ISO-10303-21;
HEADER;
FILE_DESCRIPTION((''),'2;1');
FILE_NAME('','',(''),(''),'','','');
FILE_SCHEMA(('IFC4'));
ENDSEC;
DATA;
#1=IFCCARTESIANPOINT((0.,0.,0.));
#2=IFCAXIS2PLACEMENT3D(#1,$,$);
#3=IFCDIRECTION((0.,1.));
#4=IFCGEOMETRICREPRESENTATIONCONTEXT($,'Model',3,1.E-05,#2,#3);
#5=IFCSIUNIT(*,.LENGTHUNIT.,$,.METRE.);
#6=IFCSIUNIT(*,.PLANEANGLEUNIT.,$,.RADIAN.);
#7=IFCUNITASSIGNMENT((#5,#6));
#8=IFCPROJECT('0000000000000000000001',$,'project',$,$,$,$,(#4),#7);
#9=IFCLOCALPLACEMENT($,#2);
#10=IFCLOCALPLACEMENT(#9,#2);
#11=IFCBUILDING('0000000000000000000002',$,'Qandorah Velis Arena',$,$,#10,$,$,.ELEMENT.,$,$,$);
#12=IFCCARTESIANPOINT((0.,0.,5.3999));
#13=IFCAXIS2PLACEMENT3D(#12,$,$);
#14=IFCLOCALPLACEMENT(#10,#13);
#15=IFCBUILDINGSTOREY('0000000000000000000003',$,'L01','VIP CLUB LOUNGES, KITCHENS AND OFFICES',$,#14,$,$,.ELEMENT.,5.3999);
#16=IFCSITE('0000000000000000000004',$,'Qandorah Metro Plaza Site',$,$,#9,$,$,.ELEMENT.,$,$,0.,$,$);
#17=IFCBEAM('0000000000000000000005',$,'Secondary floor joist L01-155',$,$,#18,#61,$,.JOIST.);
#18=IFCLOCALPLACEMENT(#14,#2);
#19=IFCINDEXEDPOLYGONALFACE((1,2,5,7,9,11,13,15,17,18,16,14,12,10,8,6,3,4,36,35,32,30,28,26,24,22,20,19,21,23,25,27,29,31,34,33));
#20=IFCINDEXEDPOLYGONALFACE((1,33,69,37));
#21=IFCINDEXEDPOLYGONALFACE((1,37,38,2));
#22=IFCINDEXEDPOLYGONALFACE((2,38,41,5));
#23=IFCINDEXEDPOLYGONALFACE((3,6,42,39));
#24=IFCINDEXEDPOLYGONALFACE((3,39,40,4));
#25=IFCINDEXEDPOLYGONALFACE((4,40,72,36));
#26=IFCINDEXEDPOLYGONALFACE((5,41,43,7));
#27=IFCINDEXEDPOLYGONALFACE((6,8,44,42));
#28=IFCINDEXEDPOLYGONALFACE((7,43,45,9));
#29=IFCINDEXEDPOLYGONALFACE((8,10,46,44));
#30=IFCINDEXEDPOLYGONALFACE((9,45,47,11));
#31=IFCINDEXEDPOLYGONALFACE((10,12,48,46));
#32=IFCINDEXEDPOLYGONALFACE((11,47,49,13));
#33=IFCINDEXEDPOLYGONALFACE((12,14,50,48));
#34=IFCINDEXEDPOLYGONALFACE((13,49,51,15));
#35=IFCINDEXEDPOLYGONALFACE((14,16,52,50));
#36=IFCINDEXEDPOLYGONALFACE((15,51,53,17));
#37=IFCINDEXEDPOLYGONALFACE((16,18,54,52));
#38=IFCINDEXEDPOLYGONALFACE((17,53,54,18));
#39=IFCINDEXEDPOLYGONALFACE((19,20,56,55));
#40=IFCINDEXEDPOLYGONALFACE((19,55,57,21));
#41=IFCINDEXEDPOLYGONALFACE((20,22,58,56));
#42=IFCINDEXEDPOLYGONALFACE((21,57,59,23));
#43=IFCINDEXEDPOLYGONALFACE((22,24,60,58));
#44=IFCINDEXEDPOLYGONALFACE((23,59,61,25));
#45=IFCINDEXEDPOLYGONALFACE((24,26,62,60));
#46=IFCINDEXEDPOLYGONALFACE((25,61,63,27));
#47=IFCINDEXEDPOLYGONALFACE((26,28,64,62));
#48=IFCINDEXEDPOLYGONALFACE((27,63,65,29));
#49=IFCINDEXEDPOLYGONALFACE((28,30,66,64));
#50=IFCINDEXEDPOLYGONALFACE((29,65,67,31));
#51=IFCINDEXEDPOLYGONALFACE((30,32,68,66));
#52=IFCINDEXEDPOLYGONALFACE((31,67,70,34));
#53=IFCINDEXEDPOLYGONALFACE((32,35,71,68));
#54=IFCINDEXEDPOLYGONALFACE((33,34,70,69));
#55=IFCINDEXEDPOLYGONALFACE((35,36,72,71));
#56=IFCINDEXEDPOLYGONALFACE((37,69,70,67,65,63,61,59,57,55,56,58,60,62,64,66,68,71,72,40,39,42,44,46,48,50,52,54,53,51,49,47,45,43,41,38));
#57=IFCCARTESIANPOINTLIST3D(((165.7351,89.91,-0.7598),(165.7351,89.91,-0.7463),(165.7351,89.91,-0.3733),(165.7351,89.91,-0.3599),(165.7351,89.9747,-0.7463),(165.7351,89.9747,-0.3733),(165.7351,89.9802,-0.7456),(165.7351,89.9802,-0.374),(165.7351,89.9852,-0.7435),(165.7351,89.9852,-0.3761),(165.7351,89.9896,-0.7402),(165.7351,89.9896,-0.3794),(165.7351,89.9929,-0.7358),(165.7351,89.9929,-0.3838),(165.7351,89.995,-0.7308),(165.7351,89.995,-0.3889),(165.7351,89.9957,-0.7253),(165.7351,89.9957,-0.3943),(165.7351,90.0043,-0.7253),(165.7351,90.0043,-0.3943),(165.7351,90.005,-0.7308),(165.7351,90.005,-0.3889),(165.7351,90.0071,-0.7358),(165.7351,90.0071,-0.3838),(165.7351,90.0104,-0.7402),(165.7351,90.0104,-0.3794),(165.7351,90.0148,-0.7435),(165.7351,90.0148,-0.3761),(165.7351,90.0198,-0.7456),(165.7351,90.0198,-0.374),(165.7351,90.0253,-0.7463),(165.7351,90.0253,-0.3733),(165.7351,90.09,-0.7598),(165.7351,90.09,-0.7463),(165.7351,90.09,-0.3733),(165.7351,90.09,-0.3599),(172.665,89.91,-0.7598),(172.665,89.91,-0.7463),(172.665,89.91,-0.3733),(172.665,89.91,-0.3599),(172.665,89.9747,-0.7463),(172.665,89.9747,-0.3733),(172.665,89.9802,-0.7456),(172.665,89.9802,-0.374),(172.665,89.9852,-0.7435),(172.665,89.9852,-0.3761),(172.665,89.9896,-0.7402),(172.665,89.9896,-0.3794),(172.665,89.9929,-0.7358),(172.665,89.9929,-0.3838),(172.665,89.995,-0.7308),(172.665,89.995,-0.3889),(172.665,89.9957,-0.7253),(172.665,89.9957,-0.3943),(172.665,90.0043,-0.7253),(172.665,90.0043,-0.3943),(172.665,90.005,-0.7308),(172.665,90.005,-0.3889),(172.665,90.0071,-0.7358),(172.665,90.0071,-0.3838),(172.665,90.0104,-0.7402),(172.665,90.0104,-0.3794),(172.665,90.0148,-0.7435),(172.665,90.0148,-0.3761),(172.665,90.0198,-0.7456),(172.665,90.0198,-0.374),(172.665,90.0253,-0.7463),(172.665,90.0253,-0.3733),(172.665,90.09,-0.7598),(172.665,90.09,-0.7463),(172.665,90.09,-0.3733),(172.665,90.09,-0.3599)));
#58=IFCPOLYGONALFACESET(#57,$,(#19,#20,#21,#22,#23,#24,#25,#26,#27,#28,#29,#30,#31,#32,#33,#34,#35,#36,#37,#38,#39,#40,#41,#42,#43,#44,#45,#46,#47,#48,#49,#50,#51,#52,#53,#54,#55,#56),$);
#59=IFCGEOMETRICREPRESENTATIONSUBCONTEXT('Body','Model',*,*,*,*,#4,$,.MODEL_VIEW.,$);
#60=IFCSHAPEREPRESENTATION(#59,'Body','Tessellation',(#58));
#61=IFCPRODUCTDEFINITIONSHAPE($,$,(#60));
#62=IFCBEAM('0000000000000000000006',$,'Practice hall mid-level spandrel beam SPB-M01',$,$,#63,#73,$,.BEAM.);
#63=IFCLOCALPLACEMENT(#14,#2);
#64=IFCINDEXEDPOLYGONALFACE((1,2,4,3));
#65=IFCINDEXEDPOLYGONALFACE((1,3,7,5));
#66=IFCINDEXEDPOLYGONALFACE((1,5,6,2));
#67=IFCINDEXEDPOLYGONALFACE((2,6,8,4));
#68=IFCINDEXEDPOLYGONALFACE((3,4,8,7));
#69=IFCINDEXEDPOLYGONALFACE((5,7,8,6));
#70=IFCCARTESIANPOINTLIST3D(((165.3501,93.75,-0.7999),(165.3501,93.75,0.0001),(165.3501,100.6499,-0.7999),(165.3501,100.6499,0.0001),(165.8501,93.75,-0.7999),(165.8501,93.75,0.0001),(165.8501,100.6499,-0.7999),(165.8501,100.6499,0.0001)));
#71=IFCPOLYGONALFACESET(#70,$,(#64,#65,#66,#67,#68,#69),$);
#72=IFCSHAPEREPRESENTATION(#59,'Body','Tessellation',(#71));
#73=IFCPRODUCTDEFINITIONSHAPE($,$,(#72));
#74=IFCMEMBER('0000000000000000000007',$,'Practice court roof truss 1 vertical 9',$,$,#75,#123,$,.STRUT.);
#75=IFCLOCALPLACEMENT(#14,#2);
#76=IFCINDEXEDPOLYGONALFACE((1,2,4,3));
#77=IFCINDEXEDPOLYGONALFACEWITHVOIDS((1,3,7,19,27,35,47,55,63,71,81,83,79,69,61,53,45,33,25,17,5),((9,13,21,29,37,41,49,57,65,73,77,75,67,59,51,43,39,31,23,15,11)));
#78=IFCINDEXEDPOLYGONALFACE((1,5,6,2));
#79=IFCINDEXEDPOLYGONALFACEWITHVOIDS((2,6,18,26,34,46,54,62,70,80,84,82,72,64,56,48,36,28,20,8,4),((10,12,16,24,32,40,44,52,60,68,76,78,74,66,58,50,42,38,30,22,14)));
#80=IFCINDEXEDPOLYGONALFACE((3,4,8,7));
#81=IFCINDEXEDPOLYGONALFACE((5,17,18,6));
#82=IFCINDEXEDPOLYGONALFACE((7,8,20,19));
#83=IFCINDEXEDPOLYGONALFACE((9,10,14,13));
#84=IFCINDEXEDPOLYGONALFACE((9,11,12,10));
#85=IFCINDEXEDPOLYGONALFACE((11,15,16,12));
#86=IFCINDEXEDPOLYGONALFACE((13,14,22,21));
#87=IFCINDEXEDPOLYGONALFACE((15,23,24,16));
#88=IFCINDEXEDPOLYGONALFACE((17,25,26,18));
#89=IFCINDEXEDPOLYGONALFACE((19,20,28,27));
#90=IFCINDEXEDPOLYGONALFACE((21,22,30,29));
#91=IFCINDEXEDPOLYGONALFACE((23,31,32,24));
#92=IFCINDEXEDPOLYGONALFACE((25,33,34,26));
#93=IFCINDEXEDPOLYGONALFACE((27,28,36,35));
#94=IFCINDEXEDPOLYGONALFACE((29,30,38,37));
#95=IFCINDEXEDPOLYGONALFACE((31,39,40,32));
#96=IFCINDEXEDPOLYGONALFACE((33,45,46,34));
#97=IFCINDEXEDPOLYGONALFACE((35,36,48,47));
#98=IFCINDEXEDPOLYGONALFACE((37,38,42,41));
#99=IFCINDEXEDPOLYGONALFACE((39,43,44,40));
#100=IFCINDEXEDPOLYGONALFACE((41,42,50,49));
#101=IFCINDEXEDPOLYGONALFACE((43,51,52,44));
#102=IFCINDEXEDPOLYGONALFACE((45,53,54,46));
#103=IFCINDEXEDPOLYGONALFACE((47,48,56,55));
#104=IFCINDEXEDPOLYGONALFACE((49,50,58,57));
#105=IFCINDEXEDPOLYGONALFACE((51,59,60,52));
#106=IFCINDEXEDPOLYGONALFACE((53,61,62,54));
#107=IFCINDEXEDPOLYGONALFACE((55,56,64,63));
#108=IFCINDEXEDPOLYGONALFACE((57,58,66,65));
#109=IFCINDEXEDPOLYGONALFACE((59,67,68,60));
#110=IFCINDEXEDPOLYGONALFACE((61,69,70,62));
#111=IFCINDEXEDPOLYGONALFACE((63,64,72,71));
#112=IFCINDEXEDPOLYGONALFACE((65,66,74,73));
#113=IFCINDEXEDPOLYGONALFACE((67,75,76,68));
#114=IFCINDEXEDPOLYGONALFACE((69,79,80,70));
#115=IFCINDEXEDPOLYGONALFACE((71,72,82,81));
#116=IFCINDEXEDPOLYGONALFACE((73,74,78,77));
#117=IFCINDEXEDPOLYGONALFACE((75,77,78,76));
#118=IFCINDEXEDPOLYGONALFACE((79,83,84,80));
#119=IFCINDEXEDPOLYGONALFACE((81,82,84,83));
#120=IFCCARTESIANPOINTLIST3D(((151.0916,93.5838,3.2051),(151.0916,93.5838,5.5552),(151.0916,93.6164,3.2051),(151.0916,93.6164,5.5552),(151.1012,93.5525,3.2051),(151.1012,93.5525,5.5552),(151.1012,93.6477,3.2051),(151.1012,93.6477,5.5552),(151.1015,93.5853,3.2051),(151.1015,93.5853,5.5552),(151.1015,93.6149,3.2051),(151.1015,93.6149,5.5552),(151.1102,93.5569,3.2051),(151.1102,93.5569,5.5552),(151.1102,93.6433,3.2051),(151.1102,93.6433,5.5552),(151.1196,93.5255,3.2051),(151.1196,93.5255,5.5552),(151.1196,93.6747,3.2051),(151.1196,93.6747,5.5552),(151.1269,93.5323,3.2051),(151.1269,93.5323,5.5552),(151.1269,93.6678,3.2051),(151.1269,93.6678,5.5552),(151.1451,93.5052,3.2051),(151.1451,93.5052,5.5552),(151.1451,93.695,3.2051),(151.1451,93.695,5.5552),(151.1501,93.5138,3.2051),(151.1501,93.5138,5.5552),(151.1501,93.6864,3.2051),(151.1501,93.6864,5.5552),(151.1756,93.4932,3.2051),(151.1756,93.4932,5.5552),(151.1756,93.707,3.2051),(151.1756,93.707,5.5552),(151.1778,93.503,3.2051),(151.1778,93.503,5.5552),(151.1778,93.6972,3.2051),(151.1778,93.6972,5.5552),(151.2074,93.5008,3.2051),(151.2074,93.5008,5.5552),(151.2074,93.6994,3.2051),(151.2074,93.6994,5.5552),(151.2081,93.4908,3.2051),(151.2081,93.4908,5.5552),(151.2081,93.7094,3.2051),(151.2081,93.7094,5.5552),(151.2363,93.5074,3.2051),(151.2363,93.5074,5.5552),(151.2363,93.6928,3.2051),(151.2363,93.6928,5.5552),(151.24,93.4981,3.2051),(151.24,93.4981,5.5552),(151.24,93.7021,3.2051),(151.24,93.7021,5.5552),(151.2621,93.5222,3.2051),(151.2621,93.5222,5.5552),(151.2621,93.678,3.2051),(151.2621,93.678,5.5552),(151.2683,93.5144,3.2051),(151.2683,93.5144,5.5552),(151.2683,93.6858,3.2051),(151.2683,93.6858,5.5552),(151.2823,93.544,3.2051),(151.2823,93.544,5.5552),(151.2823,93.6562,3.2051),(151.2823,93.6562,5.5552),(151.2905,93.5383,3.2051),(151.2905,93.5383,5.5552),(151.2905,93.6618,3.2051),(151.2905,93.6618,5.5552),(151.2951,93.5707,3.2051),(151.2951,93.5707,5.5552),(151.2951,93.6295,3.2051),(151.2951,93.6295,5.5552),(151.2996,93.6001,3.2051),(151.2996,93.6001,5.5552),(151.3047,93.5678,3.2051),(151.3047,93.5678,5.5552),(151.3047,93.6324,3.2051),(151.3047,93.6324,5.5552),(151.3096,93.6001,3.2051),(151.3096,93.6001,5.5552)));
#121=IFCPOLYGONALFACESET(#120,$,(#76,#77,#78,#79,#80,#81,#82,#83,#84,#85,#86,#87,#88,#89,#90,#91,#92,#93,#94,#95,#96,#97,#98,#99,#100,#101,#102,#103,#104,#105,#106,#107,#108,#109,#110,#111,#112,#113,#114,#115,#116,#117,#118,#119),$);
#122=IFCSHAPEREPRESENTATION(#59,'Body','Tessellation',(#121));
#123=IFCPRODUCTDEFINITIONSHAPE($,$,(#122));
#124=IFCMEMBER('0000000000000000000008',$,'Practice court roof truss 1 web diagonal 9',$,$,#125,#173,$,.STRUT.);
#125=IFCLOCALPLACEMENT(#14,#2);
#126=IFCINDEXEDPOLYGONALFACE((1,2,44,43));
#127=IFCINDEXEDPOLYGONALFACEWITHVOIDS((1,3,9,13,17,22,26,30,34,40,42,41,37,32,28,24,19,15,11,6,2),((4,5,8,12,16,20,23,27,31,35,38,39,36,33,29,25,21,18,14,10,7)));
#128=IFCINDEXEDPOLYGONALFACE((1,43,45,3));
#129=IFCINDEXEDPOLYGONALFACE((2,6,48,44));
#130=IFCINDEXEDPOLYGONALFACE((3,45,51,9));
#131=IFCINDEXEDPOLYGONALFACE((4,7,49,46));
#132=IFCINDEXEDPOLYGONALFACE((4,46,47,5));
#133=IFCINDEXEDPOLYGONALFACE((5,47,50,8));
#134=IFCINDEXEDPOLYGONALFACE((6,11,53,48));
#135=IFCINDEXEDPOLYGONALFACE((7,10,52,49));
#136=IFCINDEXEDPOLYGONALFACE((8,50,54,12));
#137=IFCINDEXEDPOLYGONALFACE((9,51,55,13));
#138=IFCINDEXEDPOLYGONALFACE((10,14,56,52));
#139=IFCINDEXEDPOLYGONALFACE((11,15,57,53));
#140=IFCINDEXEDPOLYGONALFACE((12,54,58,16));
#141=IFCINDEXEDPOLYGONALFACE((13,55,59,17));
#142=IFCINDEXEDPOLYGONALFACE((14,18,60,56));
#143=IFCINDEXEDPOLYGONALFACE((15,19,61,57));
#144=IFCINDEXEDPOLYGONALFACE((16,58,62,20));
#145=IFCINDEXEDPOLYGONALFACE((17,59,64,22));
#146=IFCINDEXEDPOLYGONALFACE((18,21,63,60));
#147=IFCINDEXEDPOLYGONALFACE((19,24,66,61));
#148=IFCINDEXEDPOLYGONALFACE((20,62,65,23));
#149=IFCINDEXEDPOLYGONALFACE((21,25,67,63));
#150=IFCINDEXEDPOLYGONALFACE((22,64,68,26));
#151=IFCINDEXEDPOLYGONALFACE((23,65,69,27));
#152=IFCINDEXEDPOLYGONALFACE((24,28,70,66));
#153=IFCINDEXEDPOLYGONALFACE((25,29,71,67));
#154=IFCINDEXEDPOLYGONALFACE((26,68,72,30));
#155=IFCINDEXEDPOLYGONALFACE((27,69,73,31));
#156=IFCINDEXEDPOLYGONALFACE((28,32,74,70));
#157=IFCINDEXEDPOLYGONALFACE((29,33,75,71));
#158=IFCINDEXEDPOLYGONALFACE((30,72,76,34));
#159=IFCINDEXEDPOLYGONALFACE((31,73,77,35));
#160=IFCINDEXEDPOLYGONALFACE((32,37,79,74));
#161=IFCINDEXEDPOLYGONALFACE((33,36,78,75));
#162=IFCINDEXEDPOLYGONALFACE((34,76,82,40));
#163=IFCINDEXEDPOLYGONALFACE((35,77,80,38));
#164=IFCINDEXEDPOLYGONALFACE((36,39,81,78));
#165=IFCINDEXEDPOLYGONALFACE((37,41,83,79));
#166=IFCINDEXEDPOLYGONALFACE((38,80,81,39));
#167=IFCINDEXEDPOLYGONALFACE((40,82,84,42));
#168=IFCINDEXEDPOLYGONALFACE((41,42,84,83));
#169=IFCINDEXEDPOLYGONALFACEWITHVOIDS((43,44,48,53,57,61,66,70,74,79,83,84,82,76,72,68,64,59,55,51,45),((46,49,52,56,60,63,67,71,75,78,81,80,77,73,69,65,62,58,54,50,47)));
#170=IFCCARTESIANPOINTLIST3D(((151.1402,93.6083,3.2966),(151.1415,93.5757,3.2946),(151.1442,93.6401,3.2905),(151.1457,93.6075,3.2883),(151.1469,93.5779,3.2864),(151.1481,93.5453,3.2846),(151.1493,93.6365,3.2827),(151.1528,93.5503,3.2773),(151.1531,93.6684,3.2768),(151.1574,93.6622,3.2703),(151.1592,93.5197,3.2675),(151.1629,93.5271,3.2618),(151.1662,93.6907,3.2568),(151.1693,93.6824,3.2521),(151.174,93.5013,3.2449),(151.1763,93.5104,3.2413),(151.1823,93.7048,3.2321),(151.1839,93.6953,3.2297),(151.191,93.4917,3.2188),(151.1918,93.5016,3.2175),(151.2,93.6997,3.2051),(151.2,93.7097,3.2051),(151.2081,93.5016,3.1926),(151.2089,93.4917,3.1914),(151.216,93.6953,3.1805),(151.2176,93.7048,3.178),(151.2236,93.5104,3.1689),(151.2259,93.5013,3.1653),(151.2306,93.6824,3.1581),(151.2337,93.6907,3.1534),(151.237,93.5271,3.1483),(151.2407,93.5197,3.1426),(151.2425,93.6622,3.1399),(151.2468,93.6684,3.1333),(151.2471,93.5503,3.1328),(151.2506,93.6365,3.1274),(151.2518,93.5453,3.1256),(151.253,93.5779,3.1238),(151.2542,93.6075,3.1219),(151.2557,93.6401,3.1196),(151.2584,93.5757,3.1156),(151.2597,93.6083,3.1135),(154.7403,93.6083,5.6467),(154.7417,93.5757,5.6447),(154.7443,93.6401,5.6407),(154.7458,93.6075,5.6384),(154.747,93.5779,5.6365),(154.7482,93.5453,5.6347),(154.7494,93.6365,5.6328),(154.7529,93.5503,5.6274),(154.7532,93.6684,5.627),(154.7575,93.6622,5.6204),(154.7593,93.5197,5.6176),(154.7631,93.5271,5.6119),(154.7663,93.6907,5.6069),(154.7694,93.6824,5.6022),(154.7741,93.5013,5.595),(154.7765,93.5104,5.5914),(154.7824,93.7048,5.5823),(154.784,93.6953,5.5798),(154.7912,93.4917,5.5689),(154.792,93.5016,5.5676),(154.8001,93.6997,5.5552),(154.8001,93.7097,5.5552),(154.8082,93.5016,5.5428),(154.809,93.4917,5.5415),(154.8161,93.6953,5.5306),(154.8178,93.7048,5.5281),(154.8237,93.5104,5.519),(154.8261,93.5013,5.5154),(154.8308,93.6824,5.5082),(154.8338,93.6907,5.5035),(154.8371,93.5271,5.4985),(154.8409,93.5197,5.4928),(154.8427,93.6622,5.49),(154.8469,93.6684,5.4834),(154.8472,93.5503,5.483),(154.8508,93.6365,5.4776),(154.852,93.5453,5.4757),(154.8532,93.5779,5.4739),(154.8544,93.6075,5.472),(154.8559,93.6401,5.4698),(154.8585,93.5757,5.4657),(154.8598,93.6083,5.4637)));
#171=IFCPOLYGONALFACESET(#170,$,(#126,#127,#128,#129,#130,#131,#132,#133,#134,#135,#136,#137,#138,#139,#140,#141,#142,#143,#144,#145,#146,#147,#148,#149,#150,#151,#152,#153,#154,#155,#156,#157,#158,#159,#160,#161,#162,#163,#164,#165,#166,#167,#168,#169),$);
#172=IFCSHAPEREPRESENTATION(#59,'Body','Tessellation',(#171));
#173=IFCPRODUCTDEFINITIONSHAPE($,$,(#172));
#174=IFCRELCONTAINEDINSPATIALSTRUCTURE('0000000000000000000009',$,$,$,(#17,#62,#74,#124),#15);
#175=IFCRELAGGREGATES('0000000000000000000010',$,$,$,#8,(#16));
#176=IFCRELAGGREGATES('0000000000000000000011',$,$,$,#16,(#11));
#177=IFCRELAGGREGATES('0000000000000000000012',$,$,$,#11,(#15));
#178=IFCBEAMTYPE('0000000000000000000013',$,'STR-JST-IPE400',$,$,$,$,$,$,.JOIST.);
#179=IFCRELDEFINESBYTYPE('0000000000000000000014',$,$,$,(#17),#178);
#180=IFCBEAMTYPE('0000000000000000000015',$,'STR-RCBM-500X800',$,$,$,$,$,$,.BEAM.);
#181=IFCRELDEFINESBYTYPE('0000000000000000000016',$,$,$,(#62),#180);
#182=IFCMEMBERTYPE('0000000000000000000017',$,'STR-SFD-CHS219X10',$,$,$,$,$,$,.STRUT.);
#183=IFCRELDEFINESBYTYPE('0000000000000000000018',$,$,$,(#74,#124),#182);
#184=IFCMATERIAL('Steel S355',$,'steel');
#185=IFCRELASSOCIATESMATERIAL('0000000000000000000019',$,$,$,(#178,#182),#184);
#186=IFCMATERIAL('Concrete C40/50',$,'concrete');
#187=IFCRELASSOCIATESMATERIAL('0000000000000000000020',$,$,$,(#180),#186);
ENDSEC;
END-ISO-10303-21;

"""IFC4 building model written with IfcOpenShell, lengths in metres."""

from ifc_helpers import new_model, si_unit, direction, frame, origin, origin_2d, place, context, subcontext, project, spatial, rectangle, hollow_circle, i_section, extrude, material, material_profile, profile_set, type_object, element, save


model = new_model("IFC4")

# Units and contexts
model_context = context("Model", 3, precision=1e-05, world=origin(), true_north=direction((0.0, 1.0)))
body_context = subcontext(model_context, "Body", "Model", "MODEL_VIEW")
ifc_project = project(units=[si_unit("LENGTHUNIT", "METRE"), si_unit("PLANEANGLEUNIT", "RADIAN")], contexts=[model_context])

# Site, building, storey
site_placement = place(None, origin())
site = spatial("IfcSite", under=ifc_project, at=site_placement, Name="Qandorah Metro Plaza Site", CompositionType="ELEMENT", RefElevation=0.0)
building_placement = place(site_placement, origin())
building = spatial("IfcBuilding", under=site, at=building_placement, Name="Qandorah Velis Arena", CompositionType="ELEMENT")
storey_placement = place(building_placement, frame((0.0, 0.0, 5.3999)))
storey = spatial("IfcBuildingStorey", under=building, at=storey_placement, Name="L01", Description="VIP CLUB LOUNGES, KITCHENS AND OFFICES", CompositionType="ELEMENT", Elevation=5.3999)

# Shared definitions
ifc_material_1 = material(Name="Concrete C40/50", Category="concrete")

# Beams
ifc_material_2 = material(Name="Steel S355", Category="steel")
ifc_material_profile_1 = material_profile(ifc_material_2, i_section(OverallWidth=0.1799, OverallDepth=0.3999, WebThickness=0.0085, FlangeThickness=0.0134, FilletRadius=0.021, at=origin_2d()), Name="IPE 400")
ifc_profile_set_1 = profile_set([ifc_material_profile_1], Name="Steel S355")
beam_type_1 = type_object("IfcBeamType", Name="STR-JST-IPE400", PredefinedType="JOIST", material=ifc_profile_set_1)
beam_1_placement = place(storey_placement, frame((165.7351, 90.0, -0.5598), z_axis=(1.0, 0.0, 0.0), x_axis=(0.0, 1.0, 0.0)))
element("IfcBeam", 1, at=beam_1_placement, inside=storey, type_object=beam_type_1, Name="Secondary floor joist L01-155", PredefinedType="JOIST", context=body_context, shape_type="SweptSolid", body=[
    extrude(i_section(OverallWidth=0.1799, OverallDepth=0.3999, WebThickness=0.0085, FlangeThickness=0.0134, FilletRadius=0.021, at=origin_2d()), origin(), (0.0, 0.0, 1.0), 6.9299),
])
ifc_material_profile_2 = material_profile(ifc_material_1, rectangle(XDim=0.5, YDim=0.8, at=origin_2d()), Name="RC BM 500x800")
ifc_profile_set_2 = profile_set([ifc_material_profile_2], Name="Concrete C40/50")
beam_type_2 = type_object("IfcBeamType", Name="STR-RCBM-500X800", PredefinedType="BEAM", material=ifc_profile_set_2)
beam_2_placement = place(storey_placement, frame((165.6001, 93.75, -0.3999), z_axis=(0.0, 1.0, 0.0), x_axis=(-1.0, 0.0, 0.0)))
element("IfcBeam", 2, at=beam_2_placement, inside=storey, type_object=beam_type_2, Name="Practice hall mid-level spandrel beam SPB-M01", PredefinedType="BEAM", context=body_context, shape_type="SweptSolid", body=[
    extrude(rectangle(XDim=0.5, YDim=0.8, at=origin_2d()), origin(), (0.0, 0.0, 1.0), 6.8999),
])

# Members
ifc_material_profile_3 = material_profile(ifc_material_2, hollow_circle(Radius=0.1096, WallThickness=0.01, at=origin_2d()), Name="CHS 219.1x10")
ifc_profile_set_3 = profile_set([ifc_material_profile_3], Name="Steel S355")
member_type = type_object("IfcMemberType", Name="STR-SFD-CHS219X10", PredefinedType="STRUT", material=ifc_profile_set_3)
member_1_placement = place(storey_placement, frame((151.2, 93.6001, 3.2051), z_axis=(0.0, 0.0, 1.0), x_axis=(1.0, 0.0, 0.0)))
element("IfcMember", 3, at=member_1_placement, inside=storey, type_object=member_type, Name="Practice court roof truss 1 vertical 9", PredefinedType="STRUT", context=body_context, shape_type="SweptSolid", body=[
    extrude(hollow_circle(Radius=0.1096, WallThickness=0.01, at=origin_2d()), origin(), (0.0, 0.0, 1.0), 2.3501),
])
member_2_placement = place(storey_placement, frame((151.2, 93.6001, 3.2051), z_axis=(0.837376, 0.0, 0.546628), x_axis=(0.0, 1.0, 0.0)))
element("IfcMember", 4, at=member_2_placement, inside=storey, type_object=member_type, Name="Practice court roof truss 1 web diagonal 9", PredefinedType="STRUT", context=body_context, shape_type="SweptSolid", body=[
    extrude(hollow_circle(Radius=0.1096, WallThickness=0.01, at=origin_2d()), origin(), (0.0, 0.0, 1.0), 4.2993),
])

save(model, "model.ifc")
